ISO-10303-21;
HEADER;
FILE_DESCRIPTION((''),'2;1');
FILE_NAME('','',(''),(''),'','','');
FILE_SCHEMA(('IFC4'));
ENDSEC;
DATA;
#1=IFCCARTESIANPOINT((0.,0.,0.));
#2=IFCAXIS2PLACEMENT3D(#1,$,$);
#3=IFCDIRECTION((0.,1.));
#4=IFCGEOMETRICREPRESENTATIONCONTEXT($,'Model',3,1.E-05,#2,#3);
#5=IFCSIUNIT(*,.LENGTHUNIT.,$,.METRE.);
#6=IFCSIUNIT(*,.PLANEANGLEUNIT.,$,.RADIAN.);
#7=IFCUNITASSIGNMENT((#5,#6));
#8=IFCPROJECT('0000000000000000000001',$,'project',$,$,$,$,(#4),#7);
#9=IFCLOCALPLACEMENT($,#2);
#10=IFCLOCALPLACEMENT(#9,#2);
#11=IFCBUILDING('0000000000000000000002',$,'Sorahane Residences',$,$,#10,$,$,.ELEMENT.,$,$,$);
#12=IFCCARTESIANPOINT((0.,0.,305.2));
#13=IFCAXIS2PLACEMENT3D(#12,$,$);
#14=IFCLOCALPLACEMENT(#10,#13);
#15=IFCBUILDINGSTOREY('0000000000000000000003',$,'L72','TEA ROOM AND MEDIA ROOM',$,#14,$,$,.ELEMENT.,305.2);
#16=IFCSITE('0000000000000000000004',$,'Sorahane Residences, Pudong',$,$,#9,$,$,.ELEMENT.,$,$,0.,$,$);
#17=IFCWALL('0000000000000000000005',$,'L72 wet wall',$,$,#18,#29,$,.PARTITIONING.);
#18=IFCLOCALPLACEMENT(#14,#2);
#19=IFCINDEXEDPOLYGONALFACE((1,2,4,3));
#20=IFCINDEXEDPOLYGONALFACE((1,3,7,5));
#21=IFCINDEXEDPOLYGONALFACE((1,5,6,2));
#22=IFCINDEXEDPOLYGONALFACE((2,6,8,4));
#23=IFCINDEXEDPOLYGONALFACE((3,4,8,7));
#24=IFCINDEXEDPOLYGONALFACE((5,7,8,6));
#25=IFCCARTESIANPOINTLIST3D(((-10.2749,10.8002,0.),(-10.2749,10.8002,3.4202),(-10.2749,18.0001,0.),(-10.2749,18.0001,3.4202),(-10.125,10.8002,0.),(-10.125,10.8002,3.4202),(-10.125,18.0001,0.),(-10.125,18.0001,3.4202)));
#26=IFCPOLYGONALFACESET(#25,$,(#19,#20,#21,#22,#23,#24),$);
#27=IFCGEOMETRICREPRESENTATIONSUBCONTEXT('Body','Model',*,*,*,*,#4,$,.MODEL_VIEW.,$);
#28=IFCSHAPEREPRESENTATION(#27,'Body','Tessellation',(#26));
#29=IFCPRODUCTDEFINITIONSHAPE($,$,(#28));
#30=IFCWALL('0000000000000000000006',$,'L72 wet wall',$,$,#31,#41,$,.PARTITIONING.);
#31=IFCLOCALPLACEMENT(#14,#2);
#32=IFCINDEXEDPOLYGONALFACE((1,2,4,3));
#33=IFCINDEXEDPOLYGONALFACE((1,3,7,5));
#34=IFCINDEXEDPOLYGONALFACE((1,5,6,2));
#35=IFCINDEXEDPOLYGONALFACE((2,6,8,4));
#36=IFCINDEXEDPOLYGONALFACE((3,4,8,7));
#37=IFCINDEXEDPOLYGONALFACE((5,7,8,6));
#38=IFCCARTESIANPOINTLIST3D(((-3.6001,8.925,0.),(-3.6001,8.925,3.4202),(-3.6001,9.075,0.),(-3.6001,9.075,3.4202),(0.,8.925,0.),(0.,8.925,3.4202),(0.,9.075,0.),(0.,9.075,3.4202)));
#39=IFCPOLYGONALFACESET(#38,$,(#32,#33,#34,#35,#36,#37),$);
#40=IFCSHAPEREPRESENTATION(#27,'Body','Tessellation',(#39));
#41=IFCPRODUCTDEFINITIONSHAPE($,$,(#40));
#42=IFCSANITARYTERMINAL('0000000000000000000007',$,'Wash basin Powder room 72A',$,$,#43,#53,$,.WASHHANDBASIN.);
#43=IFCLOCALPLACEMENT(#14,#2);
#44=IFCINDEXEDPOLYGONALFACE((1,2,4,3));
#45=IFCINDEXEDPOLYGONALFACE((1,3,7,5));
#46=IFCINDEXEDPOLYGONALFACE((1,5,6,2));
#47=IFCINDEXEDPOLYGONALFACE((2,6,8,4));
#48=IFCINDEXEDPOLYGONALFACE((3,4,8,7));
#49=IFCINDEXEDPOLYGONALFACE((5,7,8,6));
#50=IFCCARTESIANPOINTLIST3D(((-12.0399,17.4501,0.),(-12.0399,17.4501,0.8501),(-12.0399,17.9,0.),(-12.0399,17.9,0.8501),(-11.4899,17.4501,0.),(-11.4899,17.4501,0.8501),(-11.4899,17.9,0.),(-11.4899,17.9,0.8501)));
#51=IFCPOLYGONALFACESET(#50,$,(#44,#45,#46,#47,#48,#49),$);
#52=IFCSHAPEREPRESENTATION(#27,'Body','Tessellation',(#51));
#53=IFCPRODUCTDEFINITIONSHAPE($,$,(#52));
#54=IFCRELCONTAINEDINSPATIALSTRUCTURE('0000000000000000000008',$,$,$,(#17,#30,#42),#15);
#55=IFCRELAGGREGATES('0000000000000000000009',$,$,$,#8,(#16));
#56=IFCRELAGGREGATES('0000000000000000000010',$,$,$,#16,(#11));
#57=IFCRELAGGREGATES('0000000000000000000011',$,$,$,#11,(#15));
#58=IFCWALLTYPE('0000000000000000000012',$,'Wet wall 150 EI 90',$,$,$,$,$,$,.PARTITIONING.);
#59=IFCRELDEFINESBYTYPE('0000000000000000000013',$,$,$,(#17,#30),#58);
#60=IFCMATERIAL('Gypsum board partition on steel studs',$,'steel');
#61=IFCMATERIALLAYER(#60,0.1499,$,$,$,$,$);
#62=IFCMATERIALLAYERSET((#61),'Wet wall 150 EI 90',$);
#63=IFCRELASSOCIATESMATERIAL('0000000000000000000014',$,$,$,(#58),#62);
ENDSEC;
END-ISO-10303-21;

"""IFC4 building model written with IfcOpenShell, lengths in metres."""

from ifc_helpers import new_model, si_unit, direction, frame, frame_2d, origin, origin_2d, place, context, subcontext, project, spatial, rectangle, extrude, material, layer, layer_set, type_object, element, save


model = new_model("IFC4")

# Units and contexts
model_context = context("Model", 3, precision=1e-05, world=origin(), true_north=direction((0.0, 1.0)))
body_context = subcontext(model_context, "Body", "Model", "MODEL_VIEW")
ifc_project = project(units=[si_unit("LENGTHUNIT", "METRE"), si_unit("PLANEANGLEUNIT", "RADIAN")], contexts=[model_context])

# Site, building, storey
site_placement = place(None, origin())
site = spatial("IfcSite", under=ifc_project, at=site_placement, Name="Sorahane Residences, Pudong", CompositionType="ELEMENT", RefElevation=0.0)
building_placement = place(site_placement, origin())
building = spatial("IfcBuilding", under=site, at=building_placement, Name="Sorahane Residences", CompositionType="ELEMENT")
storey_placement = place(building_placement, frame((0.0, 0.0, 305.2)))
storey = spatial("IfcBuildingStorey", under=building, at=storey_placement, Name="L72", Description="TEA ROOM AND MEDIA ROOM", CompositionType="ELEMENT", Elevation=305.2)

# Wall
ifc_material_1 = material(Name="Gypsum board partition on steel studs", Category="steel")
ifc_layer_1 = layer(ifc_material_1, 0.1499)
ifc_layer_set_1 = layer_set([ifc_layer_1], Name="Wet wall 150 EI 90")
wall_type_1 = type_object("IfcWallType", Name="Wet wall 150 EI 90", PredefinedType="PARTITIONING", material=ifc_layer_set_1)
wall_1_placement = place(storey_placement, frame((-10.2, 10.8, 0.0), z_axis=(0.0, 0.0, 1.0), x_axis=(0.0, 1.0, 0.0)))
element("IfcWall", 1, at=wall_1_placement, inside=storey, type_object=wall_type_1, Name="L72 wet wall", PredefinedType="PARTITIONING", context=body_context, shape_type="SweptSolid", body=[
    extrude(rectangle(XDim=7.2, YDim=0.1499, at=frame_2d((3.6001, 0.0))), origin(), (0.0, 0.0, 1.0), 3.4202),
])

# Wall
wall_2_placement = place(storey_placement, frame((-3.6001, 9.0, 0.0), z_axis=(0.0, 0.0, 1.0), x_axis=(1.0, 0.0, 0.0)))
element("IfcWall", 2, at=wall_2_placement, inside=storey, type_object=wall_type_1, Name="L72 wet wall", PredefinedType="PARTITIONING", context=body_context, shape_type="SweptSolid", body=[
    extrude(rectangle(XDim=3.6001, YDim=0.1499, at=frame_2d((1.8, 0.0))), origin(), (0.0, 0.0, 1.0), 3.4202),
])

# Sanitary terminal
sanitary_terminal_placement = place(storey_placement, frame((-11.7649, 17.675, 0.0), z_axis=(0.0, 0.0, 1.0), x_axis=(1.0, 0.0, 0.0)))
element("IfcSanitaryTerminal", 3, at=sanitary_terminal_placement, inside=storey, Name="Wash basin Powder room 72A", PredefinedType="WASHHANDBASIN", context=body_context, shape_type="SweptSolid", body=[
    extrude(rectangle(XDim=0.55, YDim=0.45, at=origin_2d()), origin(), (0.0, 0.0, 1.0), 0.8501),
])

save(model, "model.ifc")
